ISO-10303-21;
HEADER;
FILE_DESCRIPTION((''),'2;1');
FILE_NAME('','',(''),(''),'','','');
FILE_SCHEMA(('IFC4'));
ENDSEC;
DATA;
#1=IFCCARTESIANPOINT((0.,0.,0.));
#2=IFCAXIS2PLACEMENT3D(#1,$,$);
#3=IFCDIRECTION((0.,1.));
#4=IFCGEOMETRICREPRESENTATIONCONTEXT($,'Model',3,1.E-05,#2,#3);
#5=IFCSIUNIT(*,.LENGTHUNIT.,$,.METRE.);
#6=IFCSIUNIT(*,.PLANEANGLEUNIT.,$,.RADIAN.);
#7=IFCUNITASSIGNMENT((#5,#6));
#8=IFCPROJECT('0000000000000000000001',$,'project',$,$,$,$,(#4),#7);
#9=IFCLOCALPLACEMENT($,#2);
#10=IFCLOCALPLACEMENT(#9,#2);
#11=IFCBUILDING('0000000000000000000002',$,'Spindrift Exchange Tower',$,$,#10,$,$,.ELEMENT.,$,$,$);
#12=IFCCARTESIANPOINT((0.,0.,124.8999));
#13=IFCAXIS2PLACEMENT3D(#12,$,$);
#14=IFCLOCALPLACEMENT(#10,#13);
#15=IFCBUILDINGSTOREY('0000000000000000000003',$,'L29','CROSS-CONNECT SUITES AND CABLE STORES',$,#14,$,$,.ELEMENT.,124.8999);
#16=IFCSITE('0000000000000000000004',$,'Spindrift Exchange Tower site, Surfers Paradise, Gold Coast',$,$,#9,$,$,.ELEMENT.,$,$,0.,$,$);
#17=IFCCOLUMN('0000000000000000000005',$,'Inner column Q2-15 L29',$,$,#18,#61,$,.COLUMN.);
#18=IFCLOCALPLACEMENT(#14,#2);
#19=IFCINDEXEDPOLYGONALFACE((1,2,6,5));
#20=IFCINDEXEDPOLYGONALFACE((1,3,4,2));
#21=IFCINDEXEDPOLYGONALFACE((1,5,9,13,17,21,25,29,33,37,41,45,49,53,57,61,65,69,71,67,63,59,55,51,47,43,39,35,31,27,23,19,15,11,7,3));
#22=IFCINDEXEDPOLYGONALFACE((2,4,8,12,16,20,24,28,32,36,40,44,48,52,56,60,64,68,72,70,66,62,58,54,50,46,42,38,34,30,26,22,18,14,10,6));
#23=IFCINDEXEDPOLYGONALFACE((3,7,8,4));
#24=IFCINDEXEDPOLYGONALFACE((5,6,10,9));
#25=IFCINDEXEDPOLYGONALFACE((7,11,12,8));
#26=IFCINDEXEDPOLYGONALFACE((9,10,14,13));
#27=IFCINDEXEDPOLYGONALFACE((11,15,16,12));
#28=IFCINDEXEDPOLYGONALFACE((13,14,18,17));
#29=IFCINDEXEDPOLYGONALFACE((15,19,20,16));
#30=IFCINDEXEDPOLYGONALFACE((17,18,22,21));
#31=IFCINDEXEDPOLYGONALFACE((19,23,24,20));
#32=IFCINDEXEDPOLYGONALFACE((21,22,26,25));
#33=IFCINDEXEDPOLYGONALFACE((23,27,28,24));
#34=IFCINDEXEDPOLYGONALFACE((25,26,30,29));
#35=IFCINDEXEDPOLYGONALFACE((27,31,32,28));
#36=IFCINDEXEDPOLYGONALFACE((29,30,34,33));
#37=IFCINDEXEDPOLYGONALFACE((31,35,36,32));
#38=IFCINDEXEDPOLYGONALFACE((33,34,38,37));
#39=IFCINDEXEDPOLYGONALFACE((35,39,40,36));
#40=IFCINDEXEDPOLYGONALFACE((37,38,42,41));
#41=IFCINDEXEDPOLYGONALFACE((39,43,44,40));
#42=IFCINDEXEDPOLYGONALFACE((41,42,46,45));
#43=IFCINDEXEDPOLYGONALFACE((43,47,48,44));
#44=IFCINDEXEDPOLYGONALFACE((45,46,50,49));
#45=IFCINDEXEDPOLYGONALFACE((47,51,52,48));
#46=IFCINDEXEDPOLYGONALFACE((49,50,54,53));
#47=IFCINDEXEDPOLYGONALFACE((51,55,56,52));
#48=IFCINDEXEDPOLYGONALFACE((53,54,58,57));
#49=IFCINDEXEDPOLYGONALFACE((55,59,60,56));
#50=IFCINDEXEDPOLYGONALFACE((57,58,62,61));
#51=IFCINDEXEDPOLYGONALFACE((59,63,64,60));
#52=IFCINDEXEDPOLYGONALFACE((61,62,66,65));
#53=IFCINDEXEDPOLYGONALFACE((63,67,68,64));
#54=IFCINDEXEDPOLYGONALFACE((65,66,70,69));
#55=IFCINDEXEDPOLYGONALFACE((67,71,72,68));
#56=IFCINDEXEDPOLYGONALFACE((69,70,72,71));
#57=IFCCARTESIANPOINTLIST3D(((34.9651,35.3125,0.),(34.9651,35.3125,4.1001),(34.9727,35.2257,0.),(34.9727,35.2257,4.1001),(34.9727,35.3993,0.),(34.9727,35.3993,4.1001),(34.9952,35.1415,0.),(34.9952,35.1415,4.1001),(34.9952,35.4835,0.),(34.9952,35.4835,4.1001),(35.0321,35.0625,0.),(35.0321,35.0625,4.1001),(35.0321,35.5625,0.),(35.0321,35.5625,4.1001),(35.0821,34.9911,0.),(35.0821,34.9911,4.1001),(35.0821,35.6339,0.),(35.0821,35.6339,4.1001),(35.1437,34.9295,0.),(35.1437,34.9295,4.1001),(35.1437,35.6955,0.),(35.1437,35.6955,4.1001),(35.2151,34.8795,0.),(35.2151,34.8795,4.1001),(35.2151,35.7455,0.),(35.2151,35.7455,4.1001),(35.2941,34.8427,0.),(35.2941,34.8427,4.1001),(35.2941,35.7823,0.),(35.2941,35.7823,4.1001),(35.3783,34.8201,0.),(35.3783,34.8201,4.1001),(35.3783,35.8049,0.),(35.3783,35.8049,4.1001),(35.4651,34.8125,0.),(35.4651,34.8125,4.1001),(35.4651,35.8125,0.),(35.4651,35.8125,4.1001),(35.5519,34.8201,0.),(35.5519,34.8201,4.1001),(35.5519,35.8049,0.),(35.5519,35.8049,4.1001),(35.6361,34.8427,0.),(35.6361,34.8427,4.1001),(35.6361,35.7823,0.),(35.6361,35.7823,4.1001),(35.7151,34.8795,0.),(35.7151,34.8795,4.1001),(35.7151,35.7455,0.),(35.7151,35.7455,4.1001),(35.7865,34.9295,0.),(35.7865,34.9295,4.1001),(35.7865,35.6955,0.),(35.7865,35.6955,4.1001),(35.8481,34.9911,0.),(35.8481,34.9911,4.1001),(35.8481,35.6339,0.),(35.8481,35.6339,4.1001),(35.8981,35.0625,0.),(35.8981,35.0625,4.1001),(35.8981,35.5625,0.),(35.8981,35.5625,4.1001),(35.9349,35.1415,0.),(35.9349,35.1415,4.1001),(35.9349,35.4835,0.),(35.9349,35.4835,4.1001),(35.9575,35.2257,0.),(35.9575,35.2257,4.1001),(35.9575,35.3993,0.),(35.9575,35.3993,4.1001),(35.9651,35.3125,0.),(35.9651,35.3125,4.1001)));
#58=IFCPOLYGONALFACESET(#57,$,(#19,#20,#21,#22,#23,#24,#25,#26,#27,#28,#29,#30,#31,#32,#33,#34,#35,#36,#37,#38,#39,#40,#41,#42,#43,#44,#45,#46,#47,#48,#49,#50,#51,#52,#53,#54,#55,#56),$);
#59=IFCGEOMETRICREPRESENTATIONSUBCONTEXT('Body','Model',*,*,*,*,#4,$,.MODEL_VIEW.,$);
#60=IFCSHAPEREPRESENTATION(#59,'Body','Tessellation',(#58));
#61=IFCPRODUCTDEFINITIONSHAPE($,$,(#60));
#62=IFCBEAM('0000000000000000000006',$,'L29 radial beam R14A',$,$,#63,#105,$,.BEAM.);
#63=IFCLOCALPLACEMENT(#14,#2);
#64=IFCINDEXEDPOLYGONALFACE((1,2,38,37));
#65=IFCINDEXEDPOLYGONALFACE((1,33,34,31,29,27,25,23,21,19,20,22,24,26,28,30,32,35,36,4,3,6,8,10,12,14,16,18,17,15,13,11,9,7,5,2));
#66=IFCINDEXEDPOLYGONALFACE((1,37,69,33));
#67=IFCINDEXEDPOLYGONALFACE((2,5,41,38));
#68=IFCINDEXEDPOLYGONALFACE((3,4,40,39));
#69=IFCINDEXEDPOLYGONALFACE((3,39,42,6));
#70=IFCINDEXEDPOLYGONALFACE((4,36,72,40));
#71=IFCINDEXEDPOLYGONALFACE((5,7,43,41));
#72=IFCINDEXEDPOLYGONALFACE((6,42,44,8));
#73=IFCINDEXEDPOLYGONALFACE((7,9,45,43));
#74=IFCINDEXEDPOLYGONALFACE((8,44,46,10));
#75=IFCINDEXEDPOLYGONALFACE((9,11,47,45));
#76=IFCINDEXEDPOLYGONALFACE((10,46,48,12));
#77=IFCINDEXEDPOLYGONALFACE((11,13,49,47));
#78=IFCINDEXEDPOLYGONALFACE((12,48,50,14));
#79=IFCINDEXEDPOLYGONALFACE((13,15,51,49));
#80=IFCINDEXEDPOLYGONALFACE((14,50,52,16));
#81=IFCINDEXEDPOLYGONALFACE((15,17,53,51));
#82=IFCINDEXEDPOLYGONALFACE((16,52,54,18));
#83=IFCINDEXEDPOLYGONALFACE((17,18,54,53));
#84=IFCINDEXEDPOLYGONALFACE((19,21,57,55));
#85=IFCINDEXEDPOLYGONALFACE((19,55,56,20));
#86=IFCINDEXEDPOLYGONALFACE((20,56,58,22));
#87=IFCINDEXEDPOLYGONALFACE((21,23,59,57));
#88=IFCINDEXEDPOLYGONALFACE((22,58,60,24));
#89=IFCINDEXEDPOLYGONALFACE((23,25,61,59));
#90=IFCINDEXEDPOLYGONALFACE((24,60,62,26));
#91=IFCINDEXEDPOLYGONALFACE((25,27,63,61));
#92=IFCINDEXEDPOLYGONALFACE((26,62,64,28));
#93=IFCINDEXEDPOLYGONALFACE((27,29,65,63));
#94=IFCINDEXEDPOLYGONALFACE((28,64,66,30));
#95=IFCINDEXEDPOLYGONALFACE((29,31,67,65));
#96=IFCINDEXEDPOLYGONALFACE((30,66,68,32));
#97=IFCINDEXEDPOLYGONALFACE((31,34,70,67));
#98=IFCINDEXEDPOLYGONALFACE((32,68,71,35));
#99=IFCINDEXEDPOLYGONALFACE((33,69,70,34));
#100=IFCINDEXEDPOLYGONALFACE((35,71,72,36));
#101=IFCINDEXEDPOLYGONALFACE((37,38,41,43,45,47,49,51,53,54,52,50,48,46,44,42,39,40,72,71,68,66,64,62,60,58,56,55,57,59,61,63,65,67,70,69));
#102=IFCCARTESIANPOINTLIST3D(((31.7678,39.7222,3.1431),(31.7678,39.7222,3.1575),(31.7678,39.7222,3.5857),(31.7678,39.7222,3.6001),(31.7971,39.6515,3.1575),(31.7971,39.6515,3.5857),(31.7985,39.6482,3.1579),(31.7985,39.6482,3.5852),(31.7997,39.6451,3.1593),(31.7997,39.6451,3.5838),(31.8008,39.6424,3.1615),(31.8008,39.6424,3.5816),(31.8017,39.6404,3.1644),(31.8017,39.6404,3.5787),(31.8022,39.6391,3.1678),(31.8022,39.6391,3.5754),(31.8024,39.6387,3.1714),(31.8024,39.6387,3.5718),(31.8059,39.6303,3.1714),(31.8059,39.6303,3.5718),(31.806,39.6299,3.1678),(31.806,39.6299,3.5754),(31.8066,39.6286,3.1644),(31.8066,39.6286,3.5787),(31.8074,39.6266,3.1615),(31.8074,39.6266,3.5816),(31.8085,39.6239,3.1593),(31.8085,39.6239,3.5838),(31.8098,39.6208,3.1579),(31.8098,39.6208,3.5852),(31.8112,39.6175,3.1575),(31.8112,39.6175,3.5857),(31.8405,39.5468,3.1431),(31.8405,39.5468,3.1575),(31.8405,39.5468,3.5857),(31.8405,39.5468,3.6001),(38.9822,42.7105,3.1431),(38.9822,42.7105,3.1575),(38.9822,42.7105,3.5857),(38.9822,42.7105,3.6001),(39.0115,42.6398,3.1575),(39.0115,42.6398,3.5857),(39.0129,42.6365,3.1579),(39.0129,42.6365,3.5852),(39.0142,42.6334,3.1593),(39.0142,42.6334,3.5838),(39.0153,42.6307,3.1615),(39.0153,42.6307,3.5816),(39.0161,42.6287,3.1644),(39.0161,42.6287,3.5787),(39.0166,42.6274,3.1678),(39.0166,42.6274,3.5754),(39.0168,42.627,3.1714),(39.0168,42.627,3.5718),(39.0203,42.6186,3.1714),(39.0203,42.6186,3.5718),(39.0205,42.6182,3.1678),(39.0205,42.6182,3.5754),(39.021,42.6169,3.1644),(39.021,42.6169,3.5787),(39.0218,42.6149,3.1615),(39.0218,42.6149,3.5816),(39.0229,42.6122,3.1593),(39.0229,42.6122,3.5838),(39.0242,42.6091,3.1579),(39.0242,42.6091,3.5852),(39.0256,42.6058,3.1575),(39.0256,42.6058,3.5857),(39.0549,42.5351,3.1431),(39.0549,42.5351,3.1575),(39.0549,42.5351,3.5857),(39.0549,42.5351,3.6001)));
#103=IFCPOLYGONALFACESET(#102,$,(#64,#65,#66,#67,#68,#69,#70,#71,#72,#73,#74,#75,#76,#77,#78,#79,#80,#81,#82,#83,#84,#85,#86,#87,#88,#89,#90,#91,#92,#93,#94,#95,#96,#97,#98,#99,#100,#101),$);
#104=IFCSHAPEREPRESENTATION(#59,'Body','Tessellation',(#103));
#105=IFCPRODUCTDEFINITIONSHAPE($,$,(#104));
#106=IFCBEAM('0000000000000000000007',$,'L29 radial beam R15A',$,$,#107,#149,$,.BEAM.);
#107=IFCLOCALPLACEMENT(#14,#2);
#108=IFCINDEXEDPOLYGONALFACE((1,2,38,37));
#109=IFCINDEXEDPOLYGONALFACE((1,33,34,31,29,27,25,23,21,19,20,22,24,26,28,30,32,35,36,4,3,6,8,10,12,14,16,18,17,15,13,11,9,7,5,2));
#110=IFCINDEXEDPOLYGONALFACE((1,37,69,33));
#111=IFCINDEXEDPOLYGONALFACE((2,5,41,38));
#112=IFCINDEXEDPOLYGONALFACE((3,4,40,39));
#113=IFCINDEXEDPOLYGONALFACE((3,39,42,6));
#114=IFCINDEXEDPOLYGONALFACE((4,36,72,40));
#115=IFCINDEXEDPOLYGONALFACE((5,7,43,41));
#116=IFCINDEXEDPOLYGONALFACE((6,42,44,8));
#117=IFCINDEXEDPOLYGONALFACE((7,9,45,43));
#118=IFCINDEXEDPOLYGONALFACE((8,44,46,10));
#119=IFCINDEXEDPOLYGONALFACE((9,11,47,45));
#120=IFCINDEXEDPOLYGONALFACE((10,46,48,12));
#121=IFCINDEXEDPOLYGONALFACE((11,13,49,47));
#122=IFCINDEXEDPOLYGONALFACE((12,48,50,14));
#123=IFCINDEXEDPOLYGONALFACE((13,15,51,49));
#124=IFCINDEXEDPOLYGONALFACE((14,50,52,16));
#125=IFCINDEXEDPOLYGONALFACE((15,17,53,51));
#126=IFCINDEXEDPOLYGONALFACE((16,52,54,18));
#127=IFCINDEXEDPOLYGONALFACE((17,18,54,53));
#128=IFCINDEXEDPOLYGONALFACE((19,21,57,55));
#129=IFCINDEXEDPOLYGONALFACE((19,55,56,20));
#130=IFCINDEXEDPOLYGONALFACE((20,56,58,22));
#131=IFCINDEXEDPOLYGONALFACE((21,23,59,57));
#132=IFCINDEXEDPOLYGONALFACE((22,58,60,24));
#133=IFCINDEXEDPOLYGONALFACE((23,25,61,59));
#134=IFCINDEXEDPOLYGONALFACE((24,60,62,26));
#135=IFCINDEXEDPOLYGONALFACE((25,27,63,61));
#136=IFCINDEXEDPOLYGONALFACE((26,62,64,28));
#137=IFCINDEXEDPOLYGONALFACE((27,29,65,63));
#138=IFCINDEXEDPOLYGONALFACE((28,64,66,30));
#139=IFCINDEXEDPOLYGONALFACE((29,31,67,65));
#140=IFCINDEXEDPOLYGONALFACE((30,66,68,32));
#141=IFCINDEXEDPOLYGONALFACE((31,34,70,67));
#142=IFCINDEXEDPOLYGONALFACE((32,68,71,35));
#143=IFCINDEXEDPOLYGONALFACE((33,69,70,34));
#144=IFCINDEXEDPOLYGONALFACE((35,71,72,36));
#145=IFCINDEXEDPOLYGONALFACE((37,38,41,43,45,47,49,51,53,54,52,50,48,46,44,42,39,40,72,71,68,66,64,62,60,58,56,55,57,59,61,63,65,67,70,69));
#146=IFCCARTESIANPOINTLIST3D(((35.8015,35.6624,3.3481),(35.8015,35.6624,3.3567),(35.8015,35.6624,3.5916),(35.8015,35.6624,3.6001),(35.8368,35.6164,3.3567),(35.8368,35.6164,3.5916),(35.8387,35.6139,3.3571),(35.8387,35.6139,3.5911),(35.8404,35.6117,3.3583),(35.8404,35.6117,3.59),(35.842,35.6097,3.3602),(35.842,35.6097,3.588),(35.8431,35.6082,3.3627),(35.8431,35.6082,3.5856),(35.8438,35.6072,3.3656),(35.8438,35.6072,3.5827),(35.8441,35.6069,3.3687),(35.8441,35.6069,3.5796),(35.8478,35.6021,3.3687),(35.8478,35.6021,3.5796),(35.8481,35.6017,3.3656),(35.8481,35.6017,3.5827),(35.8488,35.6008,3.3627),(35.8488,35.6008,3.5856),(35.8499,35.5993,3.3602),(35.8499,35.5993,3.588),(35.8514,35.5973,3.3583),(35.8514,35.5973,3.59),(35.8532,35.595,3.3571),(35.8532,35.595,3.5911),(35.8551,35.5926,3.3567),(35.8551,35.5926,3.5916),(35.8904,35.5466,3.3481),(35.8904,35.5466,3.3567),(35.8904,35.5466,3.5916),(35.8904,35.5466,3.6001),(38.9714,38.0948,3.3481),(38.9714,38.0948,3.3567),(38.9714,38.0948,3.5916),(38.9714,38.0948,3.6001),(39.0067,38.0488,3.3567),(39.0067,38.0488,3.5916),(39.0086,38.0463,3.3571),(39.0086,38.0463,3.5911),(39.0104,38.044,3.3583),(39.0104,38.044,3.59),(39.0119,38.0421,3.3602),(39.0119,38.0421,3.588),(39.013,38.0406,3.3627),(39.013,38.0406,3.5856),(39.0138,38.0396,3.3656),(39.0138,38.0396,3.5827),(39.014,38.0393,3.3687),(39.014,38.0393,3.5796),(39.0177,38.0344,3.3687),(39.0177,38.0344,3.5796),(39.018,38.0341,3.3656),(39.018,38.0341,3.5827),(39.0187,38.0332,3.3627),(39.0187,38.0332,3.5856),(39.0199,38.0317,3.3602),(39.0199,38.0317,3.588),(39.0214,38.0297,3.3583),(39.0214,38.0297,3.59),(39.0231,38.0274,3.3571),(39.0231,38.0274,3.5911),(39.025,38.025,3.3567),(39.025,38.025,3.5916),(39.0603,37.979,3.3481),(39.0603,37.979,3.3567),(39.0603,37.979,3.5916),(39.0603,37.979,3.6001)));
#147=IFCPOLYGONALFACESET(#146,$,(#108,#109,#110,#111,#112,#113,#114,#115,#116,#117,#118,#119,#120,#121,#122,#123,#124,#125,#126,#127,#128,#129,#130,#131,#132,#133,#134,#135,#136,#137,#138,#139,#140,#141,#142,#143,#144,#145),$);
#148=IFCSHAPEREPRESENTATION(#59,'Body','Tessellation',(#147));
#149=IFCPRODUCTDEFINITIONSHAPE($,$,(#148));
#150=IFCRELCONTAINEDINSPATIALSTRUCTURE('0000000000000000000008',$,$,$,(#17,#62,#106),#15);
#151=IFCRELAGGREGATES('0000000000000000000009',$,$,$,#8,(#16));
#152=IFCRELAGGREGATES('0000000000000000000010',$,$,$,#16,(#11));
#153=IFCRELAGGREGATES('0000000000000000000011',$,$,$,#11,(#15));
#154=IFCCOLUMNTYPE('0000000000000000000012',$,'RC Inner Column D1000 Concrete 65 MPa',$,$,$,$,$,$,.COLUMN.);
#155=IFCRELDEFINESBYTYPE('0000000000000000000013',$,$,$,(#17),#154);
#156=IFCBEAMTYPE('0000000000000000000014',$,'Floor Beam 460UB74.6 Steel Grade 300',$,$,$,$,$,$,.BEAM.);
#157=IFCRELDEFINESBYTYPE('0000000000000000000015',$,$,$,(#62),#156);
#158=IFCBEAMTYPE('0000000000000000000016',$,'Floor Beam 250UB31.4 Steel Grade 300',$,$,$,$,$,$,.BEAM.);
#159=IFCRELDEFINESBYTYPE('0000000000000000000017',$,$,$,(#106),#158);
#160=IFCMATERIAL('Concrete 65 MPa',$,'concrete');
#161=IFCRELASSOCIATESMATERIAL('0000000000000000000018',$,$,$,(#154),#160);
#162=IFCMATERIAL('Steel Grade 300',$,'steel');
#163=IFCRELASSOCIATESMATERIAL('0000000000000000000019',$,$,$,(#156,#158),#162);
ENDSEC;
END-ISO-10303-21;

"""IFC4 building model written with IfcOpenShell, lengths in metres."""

from ifc_helpers import new_model, si_unit, direction, frame, origin, origin_2d, place, context, subcontext, project, spatial, circle, i_section, extrude, source, transform, mapped, material, material_profile, profile_set, type_object, element, save


model = new_model("IFC4")

# Units and contexts
model_context = context("Model", 3, precision=1e-05, world=origin(), true_north=direction((0.0, 1.0)))
body_context = subcontext(model_context, "Body", "Model", "MODEL_VIEW")
ifc_project = project(units=[si_unit("LENGTHUNIT", "METRE"), si_unit("PLANEANGLEUNIT", "RADIAN")], contexts=[model_context])

# Site, building, storey
site_placement = place(None, origin())
site = spatial("IfcSite", under=ifc_project, at=site_placement, Name="Spindrift Exchange Tower site, Surfers Paradise, Gold Coast", CompositionType="ELEMENT", RefElevation=0.0)
building_placement = place(site_placement, origin())
building = spatial("IfcBuilding", under=site, at=building_placement, Name="Spindrift Exchange Tower", CompositionType="ELEMENT")
storey_placement = place(building_placement, frame((0.0, 0.0, 124.8999)))
storey = spatial("IfcBuildingStorey", under=building, at=storey_placement, Name="L29", Description="CROSS-CONNECT SUITES AND CABLE STORES", CompositionType="ELEMENT", Elevation=124.8999)

# Column
ifc_material_1 = material(Name="Concrete 65 MPa", Category="concrete")
ifc_material_profile_1 = material_profile(ifc_material_1, circle(Radius=0.5, at=origin_2d()), Name="RC D1000")
ifc_profile_set_1 = profile_set([ifc_material_profile_1], Name="Concrete 65 MPa")
column_type_1 = type_object("IfcColumnType", Name="RC Inner Column D1000 Concrete 65 MPa", PredefinedType="COLUMN", material=ifc_profile_set_1)
shared_shape_1 = source(origin(), body_context, "Body", "SweptSolid", [
    extrude(circle(Radius=0.5, at=origin_2d()), origin(), (0.0, 0.0, 1.0), 4.1001),
])
for number, where, z_axis, x_axis, name in (
    (1, (35.4651, 35.3125, 0.0), (0.0, 0.0, 1.0), (1.0, 0.0, 0.0), "Inner column Q2-15 L29"),
):
    element("IfcColumn", number, at=place(storey_placement, frame(where, z_axis=z_axis, x_axis=x_axis)), inside=storey, type_object=column_type_1, Name=name, PredefinedType="COLUMN", context=body_context, shape_type="MappedRepresentation", body=[
        mapped(shared_shape_1, transform((0.0, 0.0, 0.0), scale=1.0)),
    ])

# Beams
ifc_material_2 = material(Name="Steel Grade 300", Category="steel")
ifc_material_profile_2 = material_profile(ifc_material_2, i_section(OverallWidth=0.1899, OverallDepth=0.457, WebThickness=0.009, FlangeThickness=0.0144, FilletRadius=0.0139, at=origin_2d()), Name="460UB74.6")
ifc_profile_set_2 = profile_set([ifc_material_profile_2], Name="Steel Grade 300")
beam_type_1 = type_object("IfcBeamType", Name="Floor Beam 460UB74.6 Steel Grade 300", PredefinedType="BEAM", material=ifc_profile_set_2)
shared_shape_2 = source(origin(), body_context, "Body", "SweptSolid", [
    extrude(i_section(OverallWidth=0.1899, OverallDepth=0.457, WebThickness=0.009, FlangeThickness=0.0144, FilletRadius=0.0139, at=origin_2d()), origin(), (0.0, 0.0, 1.0), 7.8088),
])
beam_1_placement = place(storey_placement, frame((39.0186, 42.6228, 3.3716), z_axis=(-0.92388, -0.382683, 0.0), x_axis=(0.382683, -0.92388, 0.0)))
element("IfcBeam", 2, at=beam_1_placement, inside=storey, type_object=beam_type_1, Name="L29 radial beam R14A", PredefinedType="BEAM", context=body_context, shape_type="MappedRepresentation", body=[
    mapped(shared_shape_2, transform((0.0, 0.0, 0.0), scale=1.0)),
])
ifc_material_profile_3 = material_profile(ifc_material_2, i_section(OverallWidth=0.146, OverallDepth=0.252, WebThickness=0.0061, FlangeThickness=0.0085, FilletRadius=0.012, at=origin_2d()), Name="250UB31.4")
ifc_profile_set_3 = profile_set([ifc_material_profile_3], Name="Steel Grade 300")
beam_type_2 = type_object("IfcBeamType", Name="Floor Beam 250UB31.4 Steel Grade 300", PredefinedType="BEAM", material=ifc_profile_set_3)
shared_shape_3 = source(origin(), body_context, "Body", "SweptSolid", [
    extrude(i_section(OverallWidth=0.146, OverallDepth=0.252, WebThickness=0.0061, FlangeThickness=0.0085, FilletRadius=0.012, at=origin_2d()), origin(), (0.0, 0.0, 1.0), 3.9956),
])
beam_2_placement = place(storey_placement, frame((39.0159, 38.0369, 3.4741), z_axis=(-0.793353, -0.608762, 0.0), x_axis=(0.608762, -0.793353, 0.0)))
element("IfcBeam", 3, at=beam_2_placement, inside=storey, type_object=beam_type_2, Name="L29 radial beam R15A", PredefinedType="BEAM", context=body_context, shape_type="MappedRepresentation", body=[
    mapped(shared_shape_3, transform((0.0, 0.0, 0.0), scale=1.0)),
])

save(model, "model.ifc")
